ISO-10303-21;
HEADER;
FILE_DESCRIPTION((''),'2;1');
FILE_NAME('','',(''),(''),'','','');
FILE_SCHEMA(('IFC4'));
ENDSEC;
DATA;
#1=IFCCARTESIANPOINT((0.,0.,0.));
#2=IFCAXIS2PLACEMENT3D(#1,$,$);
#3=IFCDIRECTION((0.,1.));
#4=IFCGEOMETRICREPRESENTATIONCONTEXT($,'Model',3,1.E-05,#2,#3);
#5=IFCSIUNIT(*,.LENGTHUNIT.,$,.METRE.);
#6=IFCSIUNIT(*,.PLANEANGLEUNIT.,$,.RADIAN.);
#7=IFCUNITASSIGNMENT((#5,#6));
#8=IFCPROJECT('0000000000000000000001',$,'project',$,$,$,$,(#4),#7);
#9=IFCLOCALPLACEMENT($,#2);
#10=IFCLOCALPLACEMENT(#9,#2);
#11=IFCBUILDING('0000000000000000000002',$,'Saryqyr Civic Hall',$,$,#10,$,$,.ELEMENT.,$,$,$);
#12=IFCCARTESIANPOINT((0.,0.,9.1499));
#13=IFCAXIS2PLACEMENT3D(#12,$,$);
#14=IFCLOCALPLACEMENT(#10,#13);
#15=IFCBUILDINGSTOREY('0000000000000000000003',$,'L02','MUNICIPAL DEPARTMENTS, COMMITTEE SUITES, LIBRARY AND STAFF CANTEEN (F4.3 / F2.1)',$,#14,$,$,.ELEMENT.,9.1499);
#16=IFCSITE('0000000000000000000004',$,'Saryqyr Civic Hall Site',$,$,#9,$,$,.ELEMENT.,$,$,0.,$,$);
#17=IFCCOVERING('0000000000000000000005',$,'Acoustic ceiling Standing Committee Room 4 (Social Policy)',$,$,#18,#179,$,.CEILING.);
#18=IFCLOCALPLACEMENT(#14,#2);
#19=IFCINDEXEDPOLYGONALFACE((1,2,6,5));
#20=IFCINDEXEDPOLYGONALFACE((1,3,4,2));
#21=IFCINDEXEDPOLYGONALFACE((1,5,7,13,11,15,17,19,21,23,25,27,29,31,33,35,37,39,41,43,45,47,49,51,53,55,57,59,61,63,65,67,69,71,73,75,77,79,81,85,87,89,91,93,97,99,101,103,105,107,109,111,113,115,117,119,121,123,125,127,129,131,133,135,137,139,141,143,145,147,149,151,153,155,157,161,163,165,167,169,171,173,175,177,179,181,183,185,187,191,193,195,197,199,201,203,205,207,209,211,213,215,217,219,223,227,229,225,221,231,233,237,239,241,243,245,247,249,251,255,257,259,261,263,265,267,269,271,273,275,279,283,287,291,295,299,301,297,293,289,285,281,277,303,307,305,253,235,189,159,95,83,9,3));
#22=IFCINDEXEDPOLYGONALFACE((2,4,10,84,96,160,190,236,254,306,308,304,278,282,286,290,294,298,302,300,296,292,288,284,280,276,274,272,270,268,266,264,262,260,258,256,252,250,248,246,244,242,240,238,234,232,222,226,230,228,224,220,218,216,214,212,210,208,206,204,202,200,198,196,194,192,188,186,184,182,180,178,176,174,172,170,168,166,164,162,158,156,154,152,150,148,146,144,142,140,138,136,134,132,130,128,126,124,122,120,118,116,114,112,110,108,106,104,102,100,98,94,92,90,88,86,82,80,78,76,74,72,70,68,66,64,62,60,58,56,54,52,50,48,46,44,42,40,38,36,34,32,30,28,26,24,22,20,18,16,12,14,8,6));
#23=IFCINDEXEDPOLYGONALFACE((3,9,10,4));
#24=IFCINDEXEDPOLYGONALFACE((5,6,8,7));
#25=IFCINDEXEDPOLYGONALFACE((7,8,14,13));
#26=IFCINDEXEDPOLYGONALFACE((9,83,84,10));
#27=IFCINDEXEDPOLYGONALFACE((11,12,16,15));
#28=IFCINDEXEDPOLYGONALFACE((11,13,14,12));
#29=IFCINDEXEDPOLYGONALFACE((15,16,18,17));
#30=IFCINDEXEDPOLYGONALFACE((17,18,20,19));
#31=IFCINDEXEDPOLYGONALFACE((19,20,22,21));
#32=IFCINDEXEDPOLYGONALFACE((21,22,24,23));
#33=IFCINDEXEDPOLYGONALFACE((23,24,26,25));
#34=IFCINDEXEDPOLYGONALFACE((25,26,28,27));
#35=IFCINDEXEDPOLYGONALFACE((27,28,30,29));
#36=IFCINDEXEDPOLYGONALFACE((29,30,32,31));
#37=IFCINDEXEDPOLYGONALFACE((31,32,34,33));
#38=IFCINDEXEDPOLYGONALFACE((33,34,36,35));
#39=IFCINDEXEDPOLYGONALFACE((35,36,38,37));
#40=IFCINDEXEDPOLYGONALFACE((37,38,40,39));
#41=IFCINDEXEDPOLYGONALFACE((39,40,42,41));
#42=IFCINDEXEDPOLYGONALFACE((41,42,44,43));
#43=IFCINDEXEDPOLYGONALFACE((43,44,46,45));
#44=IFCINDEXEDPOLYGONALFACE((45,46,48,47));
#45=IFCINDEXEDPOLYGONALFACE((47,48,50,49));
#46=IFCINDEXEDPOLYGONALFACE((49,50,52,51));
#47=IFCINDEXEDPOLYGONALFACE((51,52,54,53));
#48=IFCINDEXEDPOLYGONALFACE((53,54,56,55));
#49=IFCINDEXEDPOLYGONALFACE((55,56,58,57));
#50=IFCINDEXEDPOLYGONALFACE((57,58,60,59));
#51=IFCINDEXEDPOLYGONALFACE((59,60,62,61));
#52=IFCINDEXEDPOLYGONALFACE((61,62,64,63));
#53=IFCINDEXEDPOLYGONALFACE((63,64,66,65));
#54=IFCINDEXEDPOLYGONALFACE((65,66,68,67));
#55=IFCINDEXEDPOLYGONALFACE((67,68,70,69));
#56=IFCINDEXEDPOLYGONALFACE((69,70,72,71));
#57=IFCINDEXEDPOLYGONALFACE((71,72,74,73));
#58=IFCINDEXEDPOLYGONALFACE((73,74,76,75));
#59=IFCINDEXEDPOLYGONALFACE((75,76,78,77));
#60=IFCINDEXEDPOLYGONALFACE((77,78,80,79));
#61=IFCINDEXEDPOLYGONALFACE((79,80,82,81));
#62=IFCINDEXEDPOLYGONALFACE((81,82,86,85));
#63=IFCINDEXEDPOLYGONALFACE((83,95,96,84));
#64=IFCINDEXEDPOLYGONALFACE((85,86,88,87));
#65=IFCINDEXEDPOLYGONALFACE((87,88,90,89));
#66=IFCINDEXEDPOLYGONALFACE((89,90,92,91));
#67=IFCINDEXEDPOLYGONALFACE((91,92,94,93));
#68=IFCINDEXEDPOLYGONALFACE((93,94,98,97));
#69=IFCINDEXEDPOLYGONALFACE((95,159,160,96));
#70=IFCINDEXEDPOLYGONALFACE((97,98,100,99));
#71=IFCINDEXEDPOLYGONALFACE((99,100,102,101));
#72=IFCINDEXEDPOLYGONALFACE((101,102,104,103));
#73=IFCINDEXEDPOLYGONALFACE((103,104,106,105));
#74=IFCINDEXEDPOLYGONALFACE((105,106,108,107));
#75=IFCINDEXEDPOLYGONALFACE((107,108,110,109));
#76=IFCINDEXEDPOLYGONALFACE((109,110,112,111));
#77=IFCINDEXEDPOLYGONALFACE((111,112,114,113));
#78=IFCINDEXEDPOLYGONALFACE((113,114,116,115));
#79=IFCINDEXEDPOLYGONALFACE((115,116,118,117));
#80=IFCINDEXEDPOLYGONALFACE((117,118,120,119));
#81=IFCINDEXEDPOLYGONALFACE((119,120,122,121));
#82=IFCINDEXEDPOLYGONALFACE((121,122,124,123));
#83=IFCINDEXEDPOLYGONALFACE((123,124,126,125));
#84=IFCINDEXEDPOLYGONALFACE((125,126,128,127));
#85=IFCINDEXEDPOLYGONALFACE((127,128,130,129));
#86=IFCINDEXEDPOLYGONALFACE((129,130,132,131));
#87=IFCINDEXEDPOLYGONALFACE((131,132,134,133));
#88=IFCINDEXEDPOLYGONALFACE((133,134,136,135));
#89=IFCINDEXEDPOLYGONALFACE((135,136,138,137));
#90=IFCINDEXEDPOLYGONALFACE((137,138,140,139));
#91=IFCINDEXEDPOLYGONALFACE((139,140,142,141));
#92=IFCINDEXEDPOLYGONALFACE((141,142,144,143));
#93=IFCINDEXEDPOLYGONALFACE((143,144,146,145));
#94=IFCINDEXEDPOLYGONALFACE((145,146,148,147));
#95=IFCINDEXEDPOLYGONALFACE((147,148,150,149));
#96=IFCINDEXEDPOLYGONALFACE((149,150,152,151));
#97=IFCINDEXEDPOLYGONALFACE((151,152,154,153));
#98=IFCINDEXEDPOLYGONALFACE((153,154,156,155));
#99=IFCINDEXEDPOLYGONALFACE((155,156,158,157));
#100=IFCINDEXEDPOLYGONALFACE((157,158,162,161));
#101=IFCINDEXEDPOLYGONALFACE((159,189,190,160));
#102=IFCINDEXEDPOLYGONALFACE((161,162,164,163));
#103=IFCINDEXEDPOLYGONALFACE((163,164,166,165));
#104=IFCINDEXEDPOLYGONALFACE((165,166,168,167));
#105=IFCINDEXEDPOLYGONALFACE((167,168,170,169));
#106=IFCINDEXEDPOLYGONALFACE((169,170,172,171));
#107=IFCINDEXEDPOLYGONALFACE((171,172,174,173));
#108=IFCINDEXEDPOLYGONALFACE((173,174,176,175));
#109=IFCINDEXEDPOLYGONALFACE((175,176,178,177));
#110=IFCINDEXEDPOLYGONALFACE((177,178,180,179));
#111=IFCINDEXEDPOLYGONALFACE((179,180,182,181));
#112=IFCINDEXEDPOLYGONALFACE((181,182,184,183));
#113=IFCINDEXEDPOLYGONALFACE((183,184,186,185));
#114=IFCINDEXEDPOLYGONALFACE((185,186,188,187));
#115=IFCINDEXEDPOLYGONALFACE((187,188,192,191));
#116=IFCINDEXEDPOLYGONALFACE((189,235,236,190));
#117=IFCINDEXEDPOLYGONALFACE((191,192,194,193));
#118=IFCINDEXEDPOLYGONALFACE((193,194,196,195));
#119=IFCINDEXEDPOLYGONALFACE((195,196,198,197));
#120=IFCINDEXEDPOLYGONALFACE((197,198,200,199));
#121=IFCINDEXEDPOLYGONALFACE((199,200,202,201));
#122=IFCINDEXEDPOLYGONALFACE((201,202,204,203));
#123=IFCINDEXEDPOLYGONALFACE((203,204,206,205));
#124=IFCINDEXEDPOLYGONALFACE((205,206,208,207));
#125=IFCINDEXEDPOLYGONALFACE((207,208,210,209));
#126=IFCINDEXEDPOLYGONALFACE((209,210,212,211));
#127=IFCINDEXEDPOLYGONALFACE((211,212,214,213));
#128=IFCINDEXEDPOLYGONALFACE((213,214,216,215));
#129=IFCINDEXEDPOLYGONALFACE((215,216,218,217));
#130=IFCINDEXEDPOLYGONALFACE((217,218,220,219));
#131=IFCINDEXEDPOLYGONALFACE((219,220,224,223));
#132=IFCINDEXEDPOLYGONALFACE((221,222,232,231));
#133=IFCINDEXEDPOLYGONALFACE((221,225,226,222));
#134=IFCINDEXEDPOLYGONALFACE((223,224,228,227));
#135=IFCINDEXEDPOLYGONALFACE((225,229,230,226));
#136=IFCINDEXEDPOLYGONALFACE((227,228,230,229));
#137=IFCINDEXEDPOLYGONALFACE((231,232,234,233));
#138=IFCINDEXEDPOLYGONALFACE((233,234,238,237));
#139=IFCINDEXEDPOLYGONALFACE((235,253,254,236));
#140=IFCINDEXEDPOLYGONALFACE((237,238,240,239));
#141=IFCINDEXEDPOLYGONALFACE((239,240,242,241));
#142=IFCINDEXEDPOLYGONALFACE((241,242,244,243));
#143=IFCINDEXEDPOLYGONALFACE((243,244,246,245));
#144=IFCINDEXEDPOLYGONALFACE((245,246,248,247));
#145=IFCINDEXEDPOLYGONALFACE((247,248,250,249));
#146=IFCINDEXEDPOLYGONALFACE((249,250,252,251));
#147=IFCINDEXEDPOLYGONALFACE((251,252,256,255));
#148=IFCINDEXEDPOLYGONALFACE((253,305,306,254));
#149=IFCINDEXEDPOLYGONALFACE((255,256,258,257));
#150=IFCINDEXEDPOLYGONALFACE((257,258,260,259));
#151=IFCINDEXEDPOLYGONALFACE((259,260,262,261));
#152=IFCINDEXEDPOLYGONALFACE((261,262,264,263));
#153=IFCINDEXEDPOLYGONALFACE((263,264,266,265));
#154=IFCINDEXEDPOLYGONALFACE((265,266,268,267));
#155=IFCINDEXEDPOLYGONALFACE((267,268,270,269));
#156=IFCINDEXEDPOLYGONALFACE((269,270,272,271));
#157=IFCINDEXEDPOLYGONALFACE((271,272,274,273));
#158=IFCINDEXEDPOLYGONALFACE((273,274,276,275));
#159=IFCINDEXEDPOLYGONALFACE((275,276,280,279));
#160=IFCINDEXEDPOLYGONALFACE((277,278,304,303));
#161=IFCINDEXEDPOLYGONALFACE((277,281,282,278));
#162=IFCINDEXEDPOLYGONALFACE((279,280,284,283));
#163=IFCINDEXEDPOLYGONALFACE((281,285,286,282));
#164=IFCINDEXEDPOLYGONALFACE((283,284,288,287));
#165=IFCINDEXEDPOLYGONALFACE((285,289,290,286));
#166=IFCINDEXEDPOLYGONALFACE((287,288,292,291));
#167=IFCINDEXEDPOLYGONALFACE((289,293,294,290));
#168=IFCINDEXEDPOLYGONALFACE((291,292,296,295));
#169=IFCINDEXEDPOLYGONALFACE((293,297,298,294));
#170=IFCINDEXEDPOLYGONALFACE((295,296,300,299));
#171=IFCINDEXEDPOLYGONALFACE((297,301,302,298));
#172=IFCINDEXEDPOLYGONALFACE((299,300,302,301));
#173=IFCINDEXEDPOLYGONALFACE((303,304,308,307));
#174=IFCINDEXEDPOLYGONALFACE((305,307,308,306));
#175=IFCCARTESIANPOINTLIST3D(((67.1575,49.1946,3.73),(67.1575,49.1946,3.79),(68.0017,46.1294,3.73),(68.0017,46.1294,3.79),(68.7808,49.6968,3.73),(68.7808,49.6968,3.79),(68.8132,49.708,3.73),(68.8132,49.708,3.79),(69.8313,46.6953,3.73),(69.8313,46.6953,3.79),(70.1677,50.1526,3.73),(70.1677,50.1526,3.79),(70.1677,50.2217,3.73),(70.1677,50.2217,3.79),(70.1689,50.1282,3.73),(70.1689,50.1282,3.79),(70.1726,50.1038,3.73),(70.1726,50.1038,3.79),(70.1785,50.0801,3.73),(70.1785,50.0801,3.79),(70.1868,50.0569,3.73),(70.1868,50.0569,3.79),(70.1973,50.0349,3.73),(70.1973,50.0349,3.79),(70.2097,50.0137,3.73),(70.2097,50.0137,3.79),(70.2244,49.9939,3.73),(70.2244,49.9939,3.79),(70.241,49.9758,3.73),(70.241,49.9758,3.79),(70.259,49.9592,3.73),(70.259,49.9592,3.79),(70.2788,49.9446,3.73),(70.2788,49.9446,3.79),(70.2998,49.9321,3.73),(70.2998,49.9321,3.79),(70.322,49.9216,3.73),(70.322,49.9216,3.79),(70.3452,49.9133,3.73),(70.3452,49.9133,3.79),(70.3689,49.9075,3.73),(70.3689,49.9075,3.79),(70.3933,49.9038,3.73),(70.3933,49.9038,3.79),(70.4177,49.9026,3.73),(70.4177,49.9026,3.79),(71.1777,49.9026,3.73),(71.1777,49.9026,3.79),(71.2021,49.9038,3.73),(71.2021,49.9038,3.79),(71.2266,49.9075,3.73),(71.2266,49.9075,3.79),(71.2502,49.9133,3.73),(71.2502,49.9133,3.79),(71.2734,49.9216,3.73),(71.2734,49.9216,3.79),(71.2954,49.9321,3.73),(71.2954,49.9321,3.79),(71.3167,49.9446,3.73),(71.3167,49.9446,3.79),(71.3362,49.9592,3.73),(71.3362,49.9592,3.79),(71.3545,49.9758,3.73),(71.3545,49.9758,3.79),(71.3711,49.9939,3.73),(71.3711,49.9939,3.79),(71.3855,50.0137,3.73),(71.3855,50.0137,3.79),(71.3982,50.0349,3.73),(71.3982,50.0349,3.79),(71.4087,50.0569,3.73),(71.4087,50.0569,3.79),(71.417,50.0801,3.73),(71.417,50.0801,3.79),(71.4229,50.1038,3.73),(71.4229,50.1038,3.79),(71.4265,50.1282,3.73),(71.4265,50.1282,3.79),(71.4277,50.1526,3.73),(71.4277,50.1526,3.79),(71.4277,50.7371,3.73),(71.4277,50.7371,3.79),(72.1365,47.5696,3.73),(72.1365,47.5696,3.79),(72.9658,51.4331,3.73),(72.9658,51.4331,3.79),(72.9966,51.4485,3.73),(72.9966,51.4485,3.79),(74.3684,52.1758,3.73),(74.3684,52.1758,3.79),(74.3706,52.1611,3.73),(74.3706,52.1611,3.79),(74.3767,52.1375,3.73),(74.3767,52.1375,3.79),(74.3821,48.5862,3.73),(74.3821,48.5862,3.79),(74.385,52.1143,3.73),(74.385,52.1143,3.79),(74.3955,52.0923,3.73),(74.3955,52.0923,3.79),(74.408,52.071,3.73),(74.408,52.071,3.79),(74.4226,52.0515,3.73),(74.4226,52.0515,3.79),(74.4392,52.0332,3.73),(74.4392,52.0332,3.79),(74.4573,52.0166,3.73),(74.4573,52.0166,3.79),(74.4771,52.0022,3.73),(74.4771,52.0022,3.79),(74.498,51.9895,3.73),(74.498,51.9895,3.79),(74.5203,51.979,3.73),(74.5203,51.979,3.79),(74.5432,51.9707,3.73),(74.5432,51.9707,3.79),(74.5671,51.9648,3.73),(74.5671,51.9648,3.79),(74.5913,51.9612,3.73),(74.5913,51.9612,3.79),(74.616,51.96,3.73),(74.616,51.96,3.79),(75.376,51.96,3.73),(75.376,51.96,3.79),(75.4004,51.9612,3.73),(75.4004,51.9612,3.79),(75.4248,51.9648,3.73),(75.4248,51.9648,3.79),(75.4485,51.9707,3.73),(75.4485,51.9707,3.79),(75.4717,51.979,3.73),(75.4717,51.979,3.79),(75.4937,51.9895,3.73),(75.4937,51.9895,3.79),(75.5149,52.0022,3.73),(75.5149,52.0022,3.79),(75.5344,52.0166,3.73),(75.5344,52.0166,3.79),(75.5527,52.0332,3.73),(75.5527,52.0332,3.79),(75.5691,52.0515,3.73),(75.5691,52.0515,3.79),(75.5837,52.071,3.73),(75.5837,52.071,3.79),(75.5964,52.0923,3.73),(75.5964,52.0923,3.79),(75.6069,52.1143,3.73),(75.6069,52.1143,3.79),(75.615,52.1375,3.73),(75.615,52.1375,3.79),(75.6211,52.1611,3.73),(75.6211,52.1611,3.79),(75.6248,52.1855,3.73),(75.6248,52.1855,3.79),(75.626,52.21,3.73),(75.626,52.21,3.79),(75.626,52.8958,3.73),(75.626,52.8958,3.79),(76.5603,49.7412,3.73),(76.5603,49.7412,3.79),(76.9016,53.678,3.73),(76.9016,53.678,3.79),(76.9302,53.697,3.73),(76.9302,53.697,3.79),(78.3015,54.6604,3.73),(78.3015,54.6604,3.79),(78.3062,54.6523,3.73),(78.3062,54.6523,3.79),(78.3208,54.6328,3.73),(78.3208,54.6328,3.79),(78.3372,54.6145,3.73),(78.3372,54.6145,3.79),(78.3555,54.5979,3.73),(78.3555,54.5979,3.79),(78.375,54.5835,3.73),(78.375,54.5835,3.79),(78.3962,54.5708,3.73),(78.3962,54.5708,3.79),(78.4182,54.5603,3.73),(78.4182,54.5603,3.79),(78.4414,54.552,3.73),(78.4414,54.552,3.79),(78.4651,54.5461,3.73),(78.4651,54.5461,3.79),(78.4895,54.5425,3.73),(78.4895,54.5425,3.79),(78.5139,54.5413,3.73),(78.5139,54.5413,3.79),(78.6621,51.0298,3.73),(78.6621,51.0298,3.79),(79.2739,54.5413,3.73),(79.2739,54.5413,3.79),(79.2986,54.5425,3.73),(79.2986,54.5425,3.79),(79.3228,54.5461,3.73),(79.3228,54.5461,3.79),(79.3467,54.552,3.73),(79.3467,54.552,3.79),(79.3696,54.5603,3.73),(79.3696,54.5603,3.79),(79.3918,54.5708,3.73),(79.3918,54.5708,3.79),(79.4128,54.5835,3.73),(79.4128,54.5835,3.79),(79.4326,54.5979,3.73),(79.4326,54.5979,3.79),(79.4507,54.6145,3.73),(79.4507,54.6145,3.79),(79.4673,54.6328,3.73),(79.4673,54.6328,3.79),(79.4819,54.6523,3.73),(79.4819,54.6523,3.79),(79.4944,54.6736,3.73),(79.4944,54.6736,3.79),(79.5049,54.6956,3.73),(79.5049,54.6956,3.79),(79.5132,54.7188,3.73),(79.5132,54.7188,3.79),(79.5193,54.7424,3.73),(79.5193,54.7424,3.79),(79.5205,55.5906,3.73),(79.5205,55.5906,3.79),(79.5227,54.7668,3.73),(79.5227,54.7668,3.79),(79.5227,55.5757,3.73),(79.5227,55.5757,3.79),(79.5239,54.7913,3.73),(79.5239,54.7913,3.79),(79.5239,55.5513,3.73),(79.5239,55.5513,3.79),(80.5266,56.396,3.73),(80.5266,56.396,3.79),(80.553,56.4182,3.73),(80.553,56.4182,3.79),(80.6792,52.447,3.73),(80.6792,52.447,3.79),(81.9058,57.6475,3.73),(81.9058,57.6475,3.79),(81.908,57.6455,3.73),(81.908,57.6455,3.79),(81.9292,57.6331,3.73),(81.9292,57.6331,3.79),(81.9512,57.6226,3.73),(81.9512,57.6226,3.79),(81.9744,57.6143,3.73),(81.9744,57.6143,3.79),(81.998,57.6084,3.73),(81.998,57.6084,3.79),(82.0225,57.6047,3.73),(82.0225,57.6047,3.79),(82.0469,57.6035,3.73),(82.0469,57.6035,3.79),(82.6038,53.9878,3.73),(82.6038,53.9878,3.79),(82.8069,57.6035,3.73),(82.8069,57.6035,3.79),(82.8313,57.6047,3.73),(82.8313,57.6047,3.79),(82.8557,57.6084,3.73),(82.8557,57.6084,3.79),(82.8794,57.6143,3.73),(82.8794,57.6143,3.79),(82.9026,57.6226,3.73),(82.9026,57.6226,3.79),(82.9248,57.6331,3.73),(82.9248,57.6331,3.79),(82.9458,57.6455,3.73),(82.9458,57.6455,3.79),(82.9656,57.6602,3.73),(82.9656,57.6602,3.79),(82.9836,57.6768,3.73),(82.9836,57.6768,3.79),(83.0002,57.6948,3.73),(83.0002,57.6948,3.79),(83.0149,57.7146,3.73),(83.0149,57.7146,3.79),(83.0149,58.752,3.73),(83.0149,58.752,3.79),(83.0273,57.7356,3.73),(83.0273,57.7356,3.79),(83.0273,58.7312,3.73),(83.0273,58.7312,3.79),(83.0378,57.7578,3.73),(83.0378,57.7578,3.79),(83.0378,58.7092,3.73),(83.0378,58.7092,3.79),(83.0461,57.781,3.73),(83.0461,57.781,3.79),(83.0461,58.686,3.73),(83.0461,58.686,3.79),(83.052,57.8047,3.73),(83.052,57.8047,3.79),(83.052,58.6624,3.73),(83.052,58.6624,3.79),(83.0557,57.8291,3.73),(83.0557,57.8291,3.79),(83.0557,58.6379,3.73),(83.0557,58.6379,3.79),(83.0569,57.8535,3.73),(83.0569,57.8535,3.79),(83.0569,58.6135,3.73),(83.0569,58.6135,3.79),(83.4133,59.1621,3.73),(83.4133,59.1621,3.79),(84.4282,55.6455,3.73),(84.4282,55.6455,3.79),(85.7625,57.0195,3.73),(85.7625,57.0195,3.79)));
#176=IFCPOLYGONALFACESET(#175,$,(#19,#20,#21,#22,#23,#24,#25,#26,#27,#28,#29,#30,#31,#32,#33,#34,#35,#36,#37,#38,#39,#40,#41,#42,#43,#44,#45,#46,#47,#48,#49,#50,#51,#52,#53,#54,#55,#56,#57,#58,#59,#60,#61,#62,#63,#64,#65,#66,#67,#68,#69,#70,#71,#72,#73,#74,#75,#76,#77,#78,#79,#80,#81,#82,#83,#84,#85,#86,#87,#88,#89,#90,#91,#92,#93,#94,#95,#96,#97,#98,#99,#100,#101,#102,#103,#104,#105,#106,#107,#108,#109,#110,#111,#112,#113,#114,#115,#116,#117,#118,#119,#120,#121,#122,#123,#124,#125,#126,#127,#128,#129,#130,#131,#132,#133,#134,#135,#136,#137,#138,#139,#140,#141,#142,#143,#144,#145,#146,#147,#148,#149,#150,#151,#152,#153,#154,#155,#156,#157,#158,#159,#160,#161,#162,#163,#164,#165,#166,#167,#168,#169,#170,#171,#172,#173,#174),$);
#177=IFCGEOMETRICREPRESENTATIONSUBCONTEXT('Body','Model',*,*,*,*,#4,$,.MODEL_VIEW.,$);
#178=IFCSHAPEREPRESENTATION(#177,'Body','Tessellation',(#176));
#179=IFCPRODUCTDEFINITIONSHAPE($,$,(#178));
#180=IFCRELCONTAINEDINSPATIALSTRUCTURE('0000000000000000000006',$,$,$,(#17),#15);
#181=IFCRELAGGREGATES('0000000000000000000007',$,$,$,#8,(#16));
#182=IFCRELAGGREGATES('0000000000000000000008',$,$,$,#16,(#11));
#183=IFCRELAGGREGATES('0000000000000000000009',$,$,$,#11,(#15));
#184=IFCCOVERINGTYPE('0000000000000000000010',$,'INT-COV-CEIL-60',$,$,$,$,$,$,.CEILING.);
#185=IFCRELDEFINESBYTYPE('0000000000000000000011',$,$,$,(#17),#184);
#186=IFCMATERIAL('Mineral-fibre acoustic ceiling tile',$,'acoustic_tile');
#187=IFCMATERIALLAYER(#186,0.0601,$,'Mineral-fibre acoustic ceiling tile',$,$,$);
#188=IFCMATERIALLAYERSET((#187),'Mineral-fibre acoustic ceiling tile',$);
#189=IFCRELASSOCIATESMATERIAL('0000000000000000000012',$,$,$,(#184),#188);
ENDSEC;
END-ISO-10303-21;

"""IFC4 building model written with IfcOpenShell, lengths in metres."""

from ifc_helpers import new_model, si_unit, direction, frame, origin, place, context, subcontext, project, spatial, polyline, outline, extrude, material, layer, layer_set, type_object, element, save


model = new_model("IFC4")

# Units and contexts
model_context = context("Model", 3, precision=1e-05, world=origin(), true_north=direction((0.0, 1.0)))
body_context = subcontext(model_context, "Body", "Model", "MODEL_VIEW")
ifc_project = project(units=[si_unit("LENGTHUNIT", "METRE"), si_unit("PLANEANGLEUNIT", "RADIAN")], contexts=[model_context])

# Site, building, storey
site_placement = place(None, origin())
site = spatial("IfcSite", under=ifc_project, at=site_placement, Name="Saryqyr Civic Hall Site", CompositionType="ELEMENT", RefElevation=0.0)
building_placement = place(site_placement, origin())
building = spatial("IfcBuilding", under=site, at=building_placement, Name="Saryqyr Civic Hall", CompositionType="ELEMENT")
storey_placement = place(building_placement, frame((0.0, 0.0, 9.1499)))
storey = spatial("IfcBuildingStorey", under=building, at=storey_placement, Name="L02", Description="MUNICIPAL DEPARTMENTS, COMMITTEE SUITES, LIBRARY AND STAFF CANTEEN (F4.3 / F2.1)", CompositionType="ELEMENT", Elevation=9.1499)

# Covering
ifc_material_1 = material(Name="Mineral-fibre acoustic ceiling tile", Category="acoustic_tile")
ifc_layer_1 = layer(ifc_material_1, 0.0601, Name="Mineral-fibre acoustic ceiling tile")
ifc_layer_set_1 = layer_set([ifc_layer_1], Name="Mineral-fibre acoustic ceiling tile")
covering_type = type_object("IfcCoveringType", Name="INT-COV-CEIL-60", PredefinedType="CEILING", material=ifc_layer_set_1)
covering_1_placement = place(storey_placement, frame((0.0, 0.0, 3.73)))
element("IfcCovering", 1, at=covering_1_placement, inside=storey, type_object=covering_type, Name="Acoustic ceiling Standing Committee Room 4 (Social Policy)", PredefinedType="CEILING", context=body_context, shape_type="SweptSolid", body=[
    extrude(outline(polyline([(70.1677, 50.1526), (70.1689, 50.1282), (70.1726, 50.1038), (70.1785, 50.0801), (70.1868, 50.0569), (70.1973, 50.0349), (70.2097, 50.0137), (70.2244, 49.9939), (70.241, 49.9758), (70.259, 49.9592), (70.2788, 49.9446), (70.2998, 49.9321), (70.322, 49.9216), (70.3452, 49.9133), (70.3689, 49.9075), (70.3933, 49.9038), (70.4177, 49.9026), (71.1777, 49.9026), (71.2021, 49.9038), (71.2266, 49.9075), (71.2502, 49.9133), (71.2734, 49.9216), (71.2954, 49.9321), (71.3167, 49.9446), (71.3362, 49.9592), (71.3545, 49.9758), (71.3711, 49.9939), (71.3855, 50.0137), (71.3982, 50.0349), (71.4087, 50.0569), (71.417, 50.0801), (71.4229, 50.1038), (71.4265, 50.1282), (71.4277, 50.1526), (71.4277, 50.7371), (72.9658, 51.4331), (72.9966, 51.4485), (74.3684, 52.1758), (74.3706, 52.1611), (74.3767, 52.1375), (74.385, 52.1143), (74.3955, 52.0923), (74.408, 52.071), (74.4226, 52.0515), (74.4392, 52.0332), (74.4573, 52.0166), (74.4771, 52.0022), (74.498, 51.9895), (74.5203, 51.979), (74.5432, 51.9707), (74.5671, 51.9648), (74.5913, 51.9612), (74.616, 51.96), (75.376, 51.96), (75.4004, 51.9612), (75.4248, 51.9648), (75.4485, 51.9707), (75.4717, 51.979), (75.4937, 51.9895), (75.5149, 52.0022), (75.5344, 52.0166), (75.5527, 52.0332), (75.5691, 52.0515), (75.5837, 52.071), (75.5964, 52.0923), (75.6069, 52.1143), (75.615, 52.1375), (75.6211, 52.1611), (75.6248, 52.1855), (75.626, 52.21), (75.626, 52.8958), (76.9016, 53.678), (76.9302, 53.697), (78.3015, 54.6604), (78.3062, 54.6523), (78.3208, 54.6328), (78.3372, 54.6145), (78.3555, 54.5979), (78.375, 54.5835), (78.3962, 54.5708), (78.4182, 54.5603), (78.4414, 54.552), (78.4651, 54.5461), (78.4895, 54.5425), (78.5139, 54.5413), (79.2739, 54.5413), (79.2986, 54.5425), (79.3228, 54.5461), (79.3467, 54.552), (79.3696, 54.5603), (79.3918, 54.5708), (79.4128, 54.5835), (79.4326, 54.5979), (79.4507, 54.6145), (79.4673, 54.6328), (79.4819, 54.6523), (79.4944, 54.6736), (79.5049, 54.6956), (79.5132, 54.7188), (79.5193, 54.7424), (79.5227, 54.7668), (79.5239, 54.7913), (79.5239, 55.5513), (79.5227, 55.5757), (79.5205, 55.5906), (80.5266, 56.396), (80.553, 56.4182), (81.9058, 57.6475), (81.908, 57.6455), (81.9292, 57.6331), (81.9512, 57.6226), (81.9744, 57.6143), (81.998, 57.6084), (82.0225, 57.6047), (82.0469, 57.6035), (82.8069, 57.6035), (82.8313, 57.6047), (82.8557, 57.6084), (82.8794, 57.6143), (82.9026, 57.6226), (82.9248, 57.6331), (82.9458, 57.6455), (82.9656, 57.6602), (82.9836, 57.6768), (83.0002, 57.6948), (83.0149, 57.7146), (83.0273, 57.7356), (83.0378, 57.7578), (83.0461, 57.781), (83.052, 57.8047), (83.0557, 57.8291), (83.0569, 57.8535), (83.0569, 58.6135), (83.0557, 58.6379), (83.052, 58.6624), (83.0461, 58.686), (83.0378, 58.7092), (83.0273, 58.7312), (83.0149, 58.752), (83.4133, 59.1621), (85.7625, 57.0195), (84.4282, 55.6455), (82.6038, 53.9878), (80.6792, 52.447), (78.6621, 51.0298), (76.5603, 49.7412), (74.3821, 48.5862), (72.1365, 47.5696), (69.8313, 46.6953), (68.0017, 46.1294), (67.1575, 49.1946), (68.7808, 49.6968), (68.8132, 49.708), (70.1677, 50.2217), (70.1677, 50.1526)])), origin(), (0.0, 0.0, 1.0), 0.0601),
])

save(model, "model.ifc")
